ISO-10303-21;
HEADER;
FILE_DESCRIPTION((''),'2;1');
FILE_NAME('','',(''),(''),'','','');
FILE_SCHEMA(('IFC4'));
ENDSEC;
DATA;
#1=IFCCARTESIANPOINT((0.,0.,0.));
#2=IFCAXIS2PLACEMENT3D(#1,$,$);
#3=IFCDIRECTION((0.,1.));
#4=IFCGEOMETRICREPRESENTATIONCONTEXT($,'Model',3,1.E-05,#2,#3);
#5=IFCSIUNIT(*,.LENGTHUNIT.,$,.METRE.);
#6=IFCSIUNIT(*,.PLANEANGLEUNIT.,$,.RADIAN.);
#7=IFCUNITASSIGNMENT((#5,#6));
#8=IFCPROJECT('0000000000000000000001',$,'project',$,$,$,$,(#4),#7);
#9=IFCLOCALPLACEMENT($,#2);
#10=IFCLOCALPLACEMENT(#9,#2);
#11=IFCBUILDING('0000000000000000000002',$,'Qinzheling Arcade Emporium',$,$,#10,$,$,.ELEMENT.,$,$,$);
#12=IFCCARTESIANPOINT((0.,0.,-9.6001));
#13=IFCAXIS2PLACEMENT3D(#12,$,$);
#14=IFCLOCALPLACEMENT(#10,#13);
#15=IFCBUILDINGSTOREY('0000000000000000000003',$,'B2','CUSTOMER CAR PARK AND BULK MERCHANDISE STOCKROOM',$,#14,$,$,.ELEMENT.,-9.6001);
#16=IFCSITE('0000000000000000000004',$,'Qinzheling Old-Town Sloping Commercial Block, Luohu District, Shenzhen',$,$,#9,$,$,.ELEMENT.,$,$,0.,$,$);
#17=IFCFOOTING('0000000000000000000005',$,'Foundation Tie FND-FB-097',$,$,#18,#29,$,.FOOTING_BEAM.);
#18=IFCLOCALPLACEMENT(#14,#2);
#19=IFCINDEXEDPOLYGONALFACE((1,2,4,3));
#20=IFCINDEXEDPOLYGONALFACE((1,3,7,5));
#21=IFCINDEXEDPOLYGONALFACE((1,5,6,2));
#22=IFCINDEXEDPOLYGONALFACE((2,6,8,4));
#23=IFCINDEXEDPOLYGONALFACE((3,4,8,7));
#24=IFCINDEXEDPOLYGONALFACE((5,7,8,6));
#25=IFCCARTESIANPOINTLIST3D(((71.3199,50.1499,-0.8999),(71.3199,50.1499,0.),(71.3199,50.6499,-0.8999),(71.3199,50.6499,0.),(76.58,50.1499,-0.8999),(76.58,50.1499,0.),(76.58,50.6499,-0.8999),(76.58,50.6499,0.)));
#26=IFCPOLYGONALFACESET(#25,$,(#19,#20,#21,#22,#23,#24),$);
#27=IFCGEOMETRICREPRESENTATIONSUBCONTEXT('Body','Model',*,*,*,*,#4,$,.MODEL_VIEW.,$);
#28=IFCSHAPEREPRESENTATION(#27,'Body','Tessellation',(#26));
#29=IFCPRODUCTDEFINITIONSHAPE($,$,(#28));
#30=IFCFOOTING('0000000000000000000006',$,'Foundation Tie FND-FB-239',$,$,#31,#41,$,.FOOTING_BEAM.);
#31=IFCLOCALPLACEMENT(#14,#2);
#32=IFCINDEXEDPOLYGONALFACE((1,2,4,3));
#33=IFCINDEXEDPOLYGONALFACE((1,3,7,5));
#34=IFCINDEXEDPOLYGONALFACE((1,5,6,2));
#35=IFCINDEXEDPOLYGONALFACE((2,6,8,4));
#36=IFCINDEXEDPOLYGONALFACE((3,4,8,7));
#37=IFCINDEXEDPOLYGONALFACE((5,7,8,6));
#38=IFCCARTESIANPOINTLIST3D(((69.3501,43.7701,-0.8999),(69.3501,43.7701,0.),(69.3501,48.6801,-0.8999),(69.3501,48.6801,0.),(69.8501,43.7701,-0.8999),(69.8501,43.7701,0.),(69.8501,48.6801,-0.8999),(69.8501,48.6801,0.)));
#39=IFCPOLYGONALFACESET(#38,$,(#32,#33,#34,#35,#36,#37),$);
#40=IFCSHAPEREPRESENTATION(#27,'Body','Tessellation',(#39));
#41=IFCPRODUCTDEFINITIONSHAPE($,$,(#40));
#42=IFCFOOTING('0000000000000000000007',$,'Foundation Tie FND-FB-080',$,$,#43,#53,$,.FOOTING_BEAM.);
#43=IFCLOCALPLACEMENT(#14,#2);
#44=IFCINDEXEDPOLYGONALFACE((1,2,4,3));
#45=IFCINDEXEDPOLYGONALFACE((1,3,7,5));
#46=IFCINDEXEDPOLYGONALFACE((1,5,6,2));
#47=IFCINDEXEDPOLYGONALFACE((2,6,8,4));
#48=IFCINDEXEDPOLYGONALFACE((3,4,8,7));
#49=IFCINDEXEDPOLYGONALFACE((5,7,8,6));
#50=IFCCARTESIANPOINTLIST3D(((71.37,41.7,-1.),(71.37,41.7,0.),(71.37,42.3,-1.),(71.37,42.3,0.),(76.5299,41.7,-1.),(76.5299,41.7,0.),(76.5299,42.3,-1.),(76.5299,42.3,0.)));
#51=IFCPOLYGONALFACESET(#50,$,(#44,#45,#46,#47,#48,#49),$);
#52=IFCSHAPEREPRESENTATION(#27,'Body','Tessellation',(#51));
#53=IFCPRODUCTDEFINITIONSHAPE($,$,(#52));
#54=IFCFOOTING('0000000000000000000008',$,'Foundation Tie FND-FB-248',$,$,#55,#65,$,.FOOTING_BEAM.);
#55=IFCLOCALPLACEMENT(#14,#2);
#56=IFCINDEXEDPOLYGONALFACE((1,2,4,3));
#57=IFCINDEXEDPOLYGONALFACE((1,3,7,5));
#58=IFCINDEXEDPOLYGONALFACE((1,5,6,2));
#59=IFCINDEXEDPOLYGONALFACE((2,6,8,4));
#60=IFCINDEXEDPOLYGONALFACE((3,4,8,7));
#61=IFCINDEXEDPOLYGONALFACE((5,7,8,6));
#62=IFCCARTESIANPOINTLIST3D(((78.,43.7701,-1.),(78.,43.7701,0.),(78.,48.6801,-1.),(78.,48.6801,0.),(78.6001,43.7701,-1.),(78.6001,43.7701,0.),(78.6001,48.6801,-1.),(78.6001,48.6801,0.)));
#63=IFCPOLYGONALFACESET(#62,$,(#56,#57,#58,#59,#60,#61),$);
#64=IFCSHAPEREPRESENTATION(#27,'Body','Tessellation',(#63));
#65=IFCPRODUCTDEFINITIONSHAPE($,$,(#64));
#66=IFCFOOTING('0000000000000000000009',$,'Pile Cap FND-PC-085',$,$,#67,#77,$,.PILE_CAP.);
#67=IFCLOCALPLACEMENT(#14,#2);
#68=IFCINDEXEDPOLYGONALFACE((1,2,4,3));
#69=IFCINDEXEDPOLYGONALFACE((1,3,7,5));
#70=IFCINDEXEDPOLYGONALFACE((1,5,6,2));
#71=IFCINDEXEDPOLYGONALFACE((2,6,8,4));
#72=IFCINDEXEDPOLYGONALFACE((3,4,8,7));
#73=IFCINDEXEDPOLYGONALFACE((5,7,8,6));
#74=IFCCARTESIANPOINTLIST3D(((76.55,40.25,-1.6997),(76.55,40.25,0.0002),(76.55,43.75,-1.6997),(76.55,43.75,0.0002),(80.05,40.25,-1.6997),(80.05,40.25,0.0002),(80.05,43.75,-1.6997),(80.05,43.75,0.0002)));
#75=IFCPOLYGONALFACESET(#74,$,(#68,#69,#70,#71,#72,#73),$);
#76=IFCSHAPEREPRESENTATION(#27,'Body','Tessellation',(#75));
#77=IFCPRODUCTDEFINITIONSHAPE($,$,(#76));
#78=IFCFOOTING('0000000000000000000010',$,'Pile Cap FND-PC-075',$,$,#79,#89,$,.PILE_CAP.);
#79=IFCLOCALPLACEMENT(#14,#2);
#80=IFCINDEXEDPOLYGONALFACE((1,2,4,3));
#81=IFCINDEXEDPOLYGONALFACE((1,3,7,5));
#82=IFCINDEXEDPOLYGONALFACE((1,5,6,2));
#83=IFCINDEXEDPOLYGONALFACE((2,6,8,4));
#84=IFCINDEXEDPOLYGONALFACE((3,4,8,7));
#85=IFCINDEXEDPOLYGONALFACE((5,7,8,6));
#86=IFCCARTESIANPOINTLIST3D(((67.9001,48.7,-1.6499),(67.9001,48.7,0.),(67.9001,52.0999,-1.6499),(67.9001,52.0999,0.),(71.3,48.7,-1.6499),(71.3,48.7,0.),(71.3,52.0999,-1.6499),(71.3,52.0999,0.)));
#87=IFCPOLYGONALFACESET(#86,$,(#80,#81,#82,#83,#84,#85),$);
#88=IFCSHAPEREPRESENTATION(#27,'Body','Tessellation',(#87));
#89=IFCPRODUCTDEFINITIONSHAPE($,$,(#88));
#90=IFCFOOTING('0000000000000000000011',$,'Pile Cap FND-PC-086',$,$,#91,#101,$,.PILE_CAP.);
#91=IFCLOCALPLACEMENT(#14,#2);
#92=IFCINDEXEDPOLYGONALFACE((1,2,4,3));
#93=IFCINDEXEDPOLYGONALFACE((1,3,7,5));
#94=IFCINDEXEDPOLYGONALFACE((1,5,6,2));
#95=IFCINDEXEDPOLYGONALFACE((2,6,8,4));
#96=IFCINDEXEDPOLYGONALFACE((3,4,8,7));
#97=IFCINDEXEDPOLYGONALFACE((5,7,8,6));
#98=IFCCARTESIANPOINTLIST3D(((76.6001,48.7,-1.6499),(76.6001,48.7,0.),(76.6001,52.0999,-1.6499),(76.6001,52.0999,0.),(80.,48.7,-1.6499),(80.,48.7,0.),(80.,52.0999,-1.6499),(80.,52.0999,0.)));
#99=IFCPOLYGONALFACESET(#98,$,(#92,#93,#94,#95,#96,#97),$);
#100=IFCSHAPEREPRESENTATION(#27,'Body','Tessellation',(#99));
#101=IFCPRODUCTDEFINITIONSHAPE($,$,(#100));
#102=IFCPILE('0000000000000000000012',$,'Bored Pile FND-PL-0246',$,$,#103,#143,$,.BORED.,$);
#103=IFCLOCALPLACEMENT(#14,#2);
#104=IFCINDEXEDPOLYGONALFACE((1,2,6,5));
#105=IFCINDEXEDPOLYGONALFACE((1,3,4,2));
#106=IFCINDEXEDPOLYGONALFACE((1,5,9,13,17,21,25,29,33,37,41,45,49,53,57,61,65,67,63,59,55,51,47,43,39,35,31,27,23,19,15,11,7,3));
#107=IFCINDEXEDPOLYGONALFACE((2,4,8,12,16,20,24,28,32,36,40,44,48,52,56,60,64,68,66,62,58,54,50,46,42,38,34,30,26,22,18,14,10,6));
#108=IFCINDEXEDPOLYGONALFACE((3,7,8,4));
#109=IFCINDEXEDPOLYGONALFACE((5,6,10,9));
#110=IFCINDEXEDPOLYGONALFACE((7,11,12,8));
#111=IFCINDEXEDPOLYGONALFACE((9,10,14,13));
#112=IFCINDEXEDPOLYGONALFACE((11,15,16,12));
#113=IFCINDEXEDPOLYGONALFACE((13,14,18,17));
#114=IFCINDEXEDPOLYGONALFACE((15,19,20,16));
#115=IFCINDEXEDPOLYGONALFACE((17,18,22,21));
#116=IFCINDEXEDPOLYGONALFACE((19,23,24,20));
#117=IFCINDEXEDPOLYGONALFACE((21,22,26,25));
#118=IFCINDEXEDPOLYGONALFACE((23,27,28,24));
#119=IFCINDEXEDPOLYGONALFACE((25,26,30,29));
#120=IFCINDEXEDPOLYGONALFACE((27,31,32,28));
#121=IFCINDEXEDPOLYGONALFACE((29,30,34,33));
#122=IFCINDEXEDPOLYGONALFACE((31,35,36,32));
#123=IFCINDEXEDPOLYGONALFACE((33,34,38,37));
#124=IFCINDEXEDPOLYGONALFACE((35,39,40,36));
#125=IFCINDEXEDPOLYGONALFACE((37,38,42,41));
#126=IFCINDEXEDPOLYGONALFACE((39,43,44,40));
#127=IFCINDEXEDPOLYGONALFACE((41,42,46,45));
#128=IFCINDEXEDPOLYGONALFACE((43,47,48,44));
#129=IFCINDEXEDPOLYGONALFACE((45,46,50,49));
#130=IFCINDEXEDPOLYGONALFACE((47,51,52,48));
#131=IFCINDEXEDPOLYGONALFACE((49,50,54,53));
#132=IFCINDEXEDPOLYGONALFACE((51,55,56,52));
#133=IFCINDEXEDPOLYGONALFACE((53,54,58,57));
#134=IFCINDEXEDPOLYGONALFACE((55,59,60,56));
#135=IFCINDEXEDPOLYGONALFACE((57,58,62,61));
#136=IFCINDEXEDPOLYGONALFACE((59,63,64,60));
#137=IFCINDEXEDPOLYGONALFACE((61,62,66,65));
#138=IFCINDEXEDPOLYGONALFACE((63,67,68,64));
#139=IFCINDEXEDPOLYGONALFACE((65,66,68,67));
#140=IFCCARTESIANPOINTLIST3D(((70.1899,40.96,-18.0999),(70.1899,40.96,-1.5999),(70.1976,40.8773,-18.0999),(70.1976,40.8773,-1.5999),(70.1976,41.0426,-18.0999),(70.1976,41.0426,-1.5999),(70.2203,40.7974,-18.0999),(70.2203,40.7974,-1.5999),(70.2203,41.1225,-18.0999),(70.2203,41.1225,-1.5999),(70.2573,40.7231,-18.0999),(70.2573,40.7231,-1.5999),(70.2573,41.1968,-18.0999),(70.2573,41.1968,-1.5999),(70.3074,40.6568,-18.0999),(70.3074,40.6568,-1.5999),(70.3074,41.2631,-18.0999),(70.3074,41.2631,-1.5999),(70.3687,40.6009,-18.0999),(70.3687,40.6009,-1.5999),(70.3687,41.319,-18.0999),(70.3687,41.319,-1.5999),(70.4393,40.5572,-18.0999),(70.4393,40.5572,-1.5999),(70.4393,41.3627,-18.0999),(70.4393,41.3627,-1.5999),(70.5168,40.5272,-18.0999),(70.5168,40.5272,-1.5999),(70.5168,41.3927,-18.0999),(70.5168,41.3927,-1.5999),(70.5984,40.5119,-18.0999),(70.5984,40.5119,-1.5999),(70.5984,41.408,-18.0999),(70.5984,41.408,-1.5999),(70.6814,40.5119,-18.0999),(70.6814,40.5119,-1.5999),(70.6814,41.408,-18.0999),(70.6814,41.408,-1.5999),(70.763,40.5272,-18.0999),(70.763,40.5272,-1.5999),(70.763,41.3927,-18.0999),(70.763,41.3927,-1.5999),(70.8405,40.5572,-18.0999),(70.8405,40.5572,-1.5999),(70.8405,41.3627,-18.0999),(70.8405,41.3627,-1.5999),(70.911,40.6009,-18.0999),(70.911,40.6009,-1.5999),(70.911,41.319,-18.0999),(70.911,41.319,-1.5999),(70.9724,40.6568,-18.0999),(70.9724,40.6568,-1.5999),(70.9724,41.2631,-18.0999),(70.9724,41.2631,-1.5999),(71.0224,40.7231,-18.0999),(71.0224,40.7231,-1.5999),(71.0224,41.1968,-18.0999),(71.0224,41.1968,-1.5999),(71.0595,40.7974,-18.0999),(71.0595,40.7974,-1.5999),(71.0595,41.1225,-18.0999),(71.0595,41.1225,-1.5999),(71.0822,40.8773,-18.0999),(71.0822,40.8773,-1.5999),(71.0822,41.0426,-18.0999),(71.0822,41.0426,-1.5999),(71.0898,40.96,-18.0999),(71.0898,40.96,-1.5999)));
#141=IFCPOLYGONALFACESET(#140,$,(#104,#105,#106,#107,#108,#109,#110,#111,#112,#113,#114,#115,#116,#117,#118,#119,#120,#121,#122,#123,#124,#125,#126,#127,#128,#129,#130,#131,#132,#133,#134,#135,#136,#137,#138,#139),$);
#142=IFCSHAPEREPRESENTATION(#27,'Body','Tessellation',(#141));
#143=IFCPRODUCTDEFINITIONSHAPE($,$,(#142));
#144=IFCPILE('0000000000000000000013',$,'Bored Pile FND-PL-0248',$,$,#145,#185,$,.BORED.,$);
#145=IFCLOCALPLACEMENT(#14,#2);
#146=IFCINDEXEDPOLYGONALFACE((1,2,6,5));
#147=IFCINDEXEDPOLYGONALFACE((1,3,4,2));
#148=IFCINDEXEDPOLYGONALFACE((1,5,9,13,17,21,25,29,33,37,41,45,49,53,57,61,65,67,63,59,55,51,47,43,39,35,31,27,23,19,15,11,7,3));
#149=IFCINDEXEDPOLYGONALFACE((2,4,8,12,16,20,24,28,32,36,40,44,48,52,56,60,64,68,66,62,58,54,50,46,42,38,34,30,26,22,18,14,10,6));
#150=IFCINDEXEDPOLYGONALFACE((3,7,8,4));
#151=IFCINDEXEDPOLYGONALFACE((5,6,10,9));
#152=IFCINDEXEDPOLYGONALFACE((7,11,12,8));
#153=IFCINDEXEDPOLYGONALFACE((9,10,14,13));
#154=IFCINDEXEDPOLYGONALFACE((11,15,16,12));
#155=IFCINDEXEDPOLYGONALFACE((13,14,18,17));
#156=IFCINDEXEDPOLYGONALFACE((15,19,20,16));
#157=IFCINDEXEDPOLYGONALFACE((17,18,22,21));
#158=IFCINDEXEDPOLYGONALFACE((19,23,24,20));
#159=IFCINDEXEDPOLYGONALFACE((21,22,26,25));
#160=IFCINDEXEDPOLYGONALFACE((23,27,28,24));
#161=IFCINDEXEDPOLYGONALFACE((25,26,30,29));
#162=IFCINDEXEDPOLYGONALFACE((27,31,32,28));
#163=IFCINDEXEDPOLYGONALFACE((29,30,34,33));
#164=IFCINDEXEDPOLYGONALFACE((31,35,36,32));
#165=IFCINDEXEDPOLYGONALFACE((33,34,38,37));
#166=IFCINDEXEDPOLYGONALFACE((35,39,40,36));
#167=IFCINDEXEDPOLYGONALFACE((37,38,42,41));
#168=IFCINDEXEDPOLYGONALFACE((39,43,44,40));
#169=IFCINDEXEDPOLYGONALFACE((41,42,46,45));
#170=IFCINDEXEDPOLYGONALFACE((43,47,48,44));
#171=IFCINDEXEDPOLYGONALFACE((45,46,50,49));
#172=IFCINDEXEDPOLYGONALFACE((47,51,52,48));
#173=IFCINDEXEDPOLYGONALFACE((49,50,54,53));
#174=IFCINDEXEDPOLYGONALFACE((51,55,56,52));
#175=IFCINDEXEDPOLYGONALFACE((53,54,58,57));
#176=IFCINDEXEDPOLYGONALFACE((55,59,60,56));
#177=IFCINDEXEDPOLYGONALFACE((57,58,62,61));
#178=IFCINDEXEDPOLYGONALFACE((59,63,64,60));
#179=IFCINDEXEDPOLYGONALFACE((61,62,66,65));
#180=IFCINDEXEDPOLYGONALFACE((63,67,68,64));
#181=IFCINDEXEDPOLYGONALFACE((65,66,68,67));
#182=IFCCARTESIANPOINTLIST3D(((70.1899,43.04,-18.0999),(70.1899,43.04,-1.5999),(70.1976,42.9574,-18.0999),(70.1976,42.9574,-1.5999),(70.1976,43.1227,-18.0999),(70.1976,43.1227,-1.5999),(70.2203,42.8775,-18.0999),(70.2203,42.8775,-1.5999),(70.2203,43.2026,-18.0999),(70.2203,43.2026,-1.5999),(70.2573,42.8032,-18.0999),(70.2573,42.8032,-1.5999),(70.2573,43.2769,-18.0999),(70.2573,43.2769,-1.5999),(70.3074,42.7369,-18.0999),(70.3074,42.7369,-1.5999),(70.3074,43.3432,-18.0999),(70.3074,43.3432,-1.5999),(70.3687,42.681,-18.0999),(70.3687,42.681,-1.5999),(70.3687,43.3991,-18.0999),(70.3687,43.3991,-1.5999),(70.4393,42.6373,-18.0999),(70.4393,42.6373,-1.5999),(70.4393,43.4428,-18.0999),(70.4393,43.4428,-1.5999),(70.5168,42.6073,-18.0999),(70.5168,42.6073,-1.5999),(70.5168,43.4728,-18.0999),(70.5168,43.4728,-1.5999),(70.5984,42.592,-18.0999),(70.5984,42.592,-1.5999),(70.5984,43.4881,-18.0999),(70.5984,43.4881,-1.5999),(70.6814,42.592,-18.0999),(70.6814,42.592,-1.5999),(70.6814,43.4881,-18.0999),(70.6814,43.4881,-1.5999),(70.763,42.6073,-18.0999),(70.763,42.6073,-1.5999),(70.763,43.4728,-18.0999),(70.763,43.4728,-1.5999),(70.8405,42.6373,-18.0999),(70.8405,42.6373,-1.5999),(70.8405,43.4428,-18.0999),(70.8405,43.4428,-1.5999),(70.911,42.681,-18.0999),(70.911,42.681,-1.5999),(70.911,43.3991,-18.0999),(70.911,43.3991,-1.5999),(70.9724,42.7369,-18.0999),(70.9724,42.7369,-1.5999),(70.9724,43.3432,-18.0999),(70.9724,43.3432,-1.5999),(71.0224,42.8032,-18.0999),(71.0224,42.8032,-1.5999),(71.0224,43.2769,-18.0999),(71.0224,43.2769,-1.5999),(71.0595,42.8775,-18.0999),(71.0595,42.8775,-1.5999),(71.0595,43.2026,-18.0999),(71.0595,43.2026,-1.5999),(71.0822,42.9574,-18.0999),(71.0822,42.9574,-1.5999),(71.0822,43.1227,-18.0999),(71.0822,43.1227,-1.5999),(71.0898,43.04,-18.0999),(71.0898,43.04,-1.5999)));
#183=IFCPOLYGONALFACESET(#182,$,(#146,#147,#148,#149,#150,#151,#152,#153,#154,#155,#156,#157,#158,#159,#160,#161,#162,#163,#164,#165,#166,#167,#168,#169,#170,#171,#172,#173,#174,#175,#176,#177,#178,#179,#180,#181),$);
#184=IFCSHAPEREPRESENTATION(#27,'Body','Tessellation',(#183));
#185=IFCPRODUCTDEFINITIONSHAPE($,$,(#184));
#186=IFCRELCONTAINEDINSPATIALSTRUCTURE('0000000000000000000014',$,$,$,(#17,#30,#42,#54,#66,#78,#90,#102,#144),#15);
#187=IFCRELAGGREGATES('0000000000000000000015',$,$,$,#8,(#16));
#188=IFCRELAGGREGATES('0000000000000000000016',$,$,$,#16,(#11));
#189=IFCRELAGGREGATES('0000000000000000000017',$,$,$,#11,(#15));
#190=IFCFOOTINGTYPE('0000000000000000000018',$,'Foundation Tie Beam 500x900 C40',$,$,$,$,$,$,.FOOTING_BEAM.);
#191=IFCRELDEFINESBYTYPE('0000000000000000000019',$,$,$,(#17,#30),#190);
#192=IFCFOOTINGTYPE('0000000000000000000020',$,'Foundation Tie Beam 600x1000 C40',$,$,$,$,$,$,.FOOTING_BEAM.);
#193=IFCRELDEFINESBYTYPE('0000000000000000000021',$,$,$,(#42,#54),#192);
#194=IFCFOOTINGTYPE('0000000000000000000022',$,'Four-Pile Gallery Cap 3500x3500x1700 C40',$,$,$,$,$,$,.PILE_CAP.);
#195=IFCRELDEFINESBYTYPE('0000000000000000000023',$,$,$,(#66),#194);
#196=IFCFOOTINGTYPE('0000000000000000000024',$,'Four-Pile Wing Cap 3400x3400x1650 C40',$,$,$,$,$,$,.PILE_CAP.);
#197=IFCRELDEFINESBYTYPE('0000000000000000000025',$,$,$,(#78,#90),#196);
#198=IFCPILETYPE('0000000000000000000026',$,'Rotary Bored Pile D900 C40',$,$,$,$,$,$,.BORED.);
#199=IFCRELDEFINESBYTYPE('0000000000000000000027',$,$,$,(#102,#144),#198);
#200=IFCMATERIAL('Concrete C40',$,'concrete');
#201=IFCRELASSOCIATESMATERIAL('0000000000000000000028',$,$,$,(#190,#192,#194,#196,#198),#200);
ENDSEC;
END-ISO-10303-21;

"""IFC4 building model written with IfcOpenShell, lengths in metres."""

from ifc_helpers import new_model, si_unit, direction, frame, origin, origin_2d, place, context, subcontext, project, spatial, rectangle, circle, extrude, material, material_profile, profile_set, type_object, element, save


model = new_model("IFC4")

# Units and contexts
model_context = context("Model", 3, precision=1e-05, world=origin(), true_north=direction((0.0, 1.0)))
body_context = subcontext(model_context, "Body", "Model", "MODEL_VIEW")
ifc_project = project(units=[si_unit("LENGTHUNIT", "METRE"), si_unit("PLANEANGLEUNIT", "RADIAN")], contexts=[model_context])

# Site, building, storey
site_placement = place(None, origin())
site = spatial("IfcSite", under=ifc_project, at=site_placement, Name="Qinzheling Old-Town Sloping Commercial Block, Luohu District, Shenzhen", CompositionType="ELEMENT", RefElevation=0.0)
building_placement = place(site_placement, origin())
building = spatial("IfcBuilding", under=site, at=building_placement, Name="Qinzheling Arcade Emporium", CompositionType="ELEMENT")
storey_placement = place(building_placement, frame((0.0, 0.0, -9.6001)))
storey = spatial("IfcBuildingStorey", under=building, at=storey_placement, Name="B2", Description="CUSTOMER CAR PARK AND BULK MERCHANDISE STOCKROOM", CompositionType="ELEMENT", Elevation=-9.6001)

# Footings
ifc_material_1 = material(Name="Concrete C40", Category="concrete")
footing_type_1 = type_object("IfcFootingType", Name="Foundation Tie Beam 500x900 C40", PredefinedType="FOOTING_BEAM", material=ifc_material_1)
footing_1_placement = place(storey_placement, frame((73.95, 50.3999, -0.8999), z_axis=(0.0, 0.0, 1.0), x_axis=(1.0, 0.0, 0.0)))
element("IfcFooting", 1, at=footing_1_placement, inside=storey, type_object=footing_type_1, Name="Foundation Tie FND-FB-097", PredefinedType="FOOTING_BEAM", context=body_context, shape_type="SweptSolid", body=[
    extrude(rectangle(XDim=5.26, YDim=0.5, at=origin_2d()), origin(), (0.0, 0.0, 1.0), 0.8999),
])
footing_2_placement = place(storey_placement, frame((69.6001, 46.2251, -0.8999), z_axis=(0.0, 0.0, 1.0), x_axis=(1.0, 0.0, 0.0)))
element("IfcFooting", 2, at=footing_2_placement, inside=storey, type_object=footing_type_1, Name="Foundation Tie FND-FB-239", PredefinedType="FOOTING_BEAM", context=body_context, shape_type="SweptSolid", body=[
    extrude(rectangle(XDim=0.5, YDim=4.9099, at=origin_2d()), origin(), (0.0, 0.0, 1.0), 0.8999),
])
footing_type_2 = type_object("IfcFootingType", Name="Foundation Tie Beam 600x1000 C40", PredefinedType="FOOTING_BEAM", material=ifc_material_1)
footing_3_placement = place(storey_placement, frame((73.95, 42.0, -1.0), z_axis=(0.0, 0.0, 1.0), x_axis=(1.0, 0.0, 0.0)))
element("IfcFooting", 3, at=footing_3_placement, inside=storey, type_object=footing_type_2, Name="Foundation Tie FND-FB-080", PredefinedType="FOOTING_BEAM", context=body_context, shape_type="SweptSolid", body=[
    extrude(rectangle(XDim=5.1599, YDim=0.6001, at=origin_2d()), origin(), (0.0, 0.0, 1.0), 1.0),
])
footing_4_placement = place(storey_placement, frame((78.3, 46.2251, -1.0), z_axis=(0.0, 0.0, 1.0), x_axis=(1.0, 0.0, 0.0)))
element("IfcFooting", 4, at=footing_4_placement, inside=storey, type_object=footing_type_2, Name="Foundation Tie FND-FB-248", PredefinedType="FOOTING_BEAM", context=body_context, shape_type="SweptSolid", body=[
    extrude(rectangle(XDim=0.6001, YDim=4.9099, at=origin_2d()), origin(), (0.0, 0.0, 1.0), 1.0),
])
footing_type_3 = type_object("IfcFootingType", Name="Four-Pile Gallery Cap 3500x3500x1700 C40", PredefinedType="PILE_CAP", material=ifc_material_1)
footing_5_placement = place(storey_placement, frame((78.3, 42.0, -1.6997), z_axis=(0.0, 0.0, 1.0), x_axis=(1.0, 0.0, 0.0)))
element("IfcFooting", 5, at=footing_5_placement, inside=storey, type_object=footing_type_3, Name="Pile Cap FND-PC-085", PredefinedType="PILE_CAP", context=body_context, shape_type="SweptSolid", body=[
    extrude(rectangle(XDim=3.5, YDim=3.5, at=origin_2d()), origin(), (0.0, 0.0, 1.0), 1.7),
])
footing_type_4 = type_object("IfcFootingType", Name="Four-Pile Wing Cap 3400x3400x1650 C40", PredefinedType="PILE_CAP", material=ifc_material_1)
for number, where, z_axis, x_axis, name in (
    (6, (69.6001, 50.3999, -1.6499), (0.0, 0.0, 1.0), (1.0, 0.0, 0.0), "Pile Cap FND-PC-075"),
    (7, (78.3, 50.3999, -1.6499), (0.0, 0.0, 1.0), (1.0, 0.0, 0.0), "Pile Cap FND-PC-086"),
):
    element("IfcFooting", number, at=place(storey_placement, frame(where, z_axis=z_axis, x_axis=x_axis)), inside=storey, type_object=footing_type_4, Name=name, PredefinedType="PILE_CAP", context=body_context, shape_type="SweptSolid", body=[
        extrude(rectangle(XDim=3.3999, YDim=3.3999, at=origin_2d()), origin(), (0.0, 0.0, 1.0), 1.6499),
    ])

# Piles
ifc_material_profile_1 = material_profile(ifc_material_1, circle(Radius=0.45, at=origin_2d()), Name="BORED D900", Category="concrete")
ifc_profile_set_1 = profile_set([ifc_material_profile_1], Name="Concrete C40")
pile_type = type_object("IfcPileType", Name="Rotary Bored Pile D900 C40", PredefinedType="BORED", material=ifc_profile_set_1)
for number, where, z_axis, x_axis, name in (
    (8, (70.6399, 40.96, -1.5999), (0.0, 0.0, -1.0), (1.0, 0.0, 0.0), "Bored Pile FND-PL-0246"),
    (9, (70.6399, 43.04, -1.5999), (0.0, 0.0, -1.0), (1.0, 0.0, 0.0), "Bored Pile FND-PL-0248"),
):
    element("IfcPile", number, at=place(storey_placement, frame(where, z_axis=z_axis, x_axis=x_axis)), inside=storey, type_object=pile_type, Name=name, PredefinedType="BORED", context=body_context, shape_type="SweptSolid", body=[
        extrude(circle(Radius=0.45, at=origin_2d()), origin(), (0.0, 0.0, 1.0), 16.5),
    ])

save(model, "model.ifc")
